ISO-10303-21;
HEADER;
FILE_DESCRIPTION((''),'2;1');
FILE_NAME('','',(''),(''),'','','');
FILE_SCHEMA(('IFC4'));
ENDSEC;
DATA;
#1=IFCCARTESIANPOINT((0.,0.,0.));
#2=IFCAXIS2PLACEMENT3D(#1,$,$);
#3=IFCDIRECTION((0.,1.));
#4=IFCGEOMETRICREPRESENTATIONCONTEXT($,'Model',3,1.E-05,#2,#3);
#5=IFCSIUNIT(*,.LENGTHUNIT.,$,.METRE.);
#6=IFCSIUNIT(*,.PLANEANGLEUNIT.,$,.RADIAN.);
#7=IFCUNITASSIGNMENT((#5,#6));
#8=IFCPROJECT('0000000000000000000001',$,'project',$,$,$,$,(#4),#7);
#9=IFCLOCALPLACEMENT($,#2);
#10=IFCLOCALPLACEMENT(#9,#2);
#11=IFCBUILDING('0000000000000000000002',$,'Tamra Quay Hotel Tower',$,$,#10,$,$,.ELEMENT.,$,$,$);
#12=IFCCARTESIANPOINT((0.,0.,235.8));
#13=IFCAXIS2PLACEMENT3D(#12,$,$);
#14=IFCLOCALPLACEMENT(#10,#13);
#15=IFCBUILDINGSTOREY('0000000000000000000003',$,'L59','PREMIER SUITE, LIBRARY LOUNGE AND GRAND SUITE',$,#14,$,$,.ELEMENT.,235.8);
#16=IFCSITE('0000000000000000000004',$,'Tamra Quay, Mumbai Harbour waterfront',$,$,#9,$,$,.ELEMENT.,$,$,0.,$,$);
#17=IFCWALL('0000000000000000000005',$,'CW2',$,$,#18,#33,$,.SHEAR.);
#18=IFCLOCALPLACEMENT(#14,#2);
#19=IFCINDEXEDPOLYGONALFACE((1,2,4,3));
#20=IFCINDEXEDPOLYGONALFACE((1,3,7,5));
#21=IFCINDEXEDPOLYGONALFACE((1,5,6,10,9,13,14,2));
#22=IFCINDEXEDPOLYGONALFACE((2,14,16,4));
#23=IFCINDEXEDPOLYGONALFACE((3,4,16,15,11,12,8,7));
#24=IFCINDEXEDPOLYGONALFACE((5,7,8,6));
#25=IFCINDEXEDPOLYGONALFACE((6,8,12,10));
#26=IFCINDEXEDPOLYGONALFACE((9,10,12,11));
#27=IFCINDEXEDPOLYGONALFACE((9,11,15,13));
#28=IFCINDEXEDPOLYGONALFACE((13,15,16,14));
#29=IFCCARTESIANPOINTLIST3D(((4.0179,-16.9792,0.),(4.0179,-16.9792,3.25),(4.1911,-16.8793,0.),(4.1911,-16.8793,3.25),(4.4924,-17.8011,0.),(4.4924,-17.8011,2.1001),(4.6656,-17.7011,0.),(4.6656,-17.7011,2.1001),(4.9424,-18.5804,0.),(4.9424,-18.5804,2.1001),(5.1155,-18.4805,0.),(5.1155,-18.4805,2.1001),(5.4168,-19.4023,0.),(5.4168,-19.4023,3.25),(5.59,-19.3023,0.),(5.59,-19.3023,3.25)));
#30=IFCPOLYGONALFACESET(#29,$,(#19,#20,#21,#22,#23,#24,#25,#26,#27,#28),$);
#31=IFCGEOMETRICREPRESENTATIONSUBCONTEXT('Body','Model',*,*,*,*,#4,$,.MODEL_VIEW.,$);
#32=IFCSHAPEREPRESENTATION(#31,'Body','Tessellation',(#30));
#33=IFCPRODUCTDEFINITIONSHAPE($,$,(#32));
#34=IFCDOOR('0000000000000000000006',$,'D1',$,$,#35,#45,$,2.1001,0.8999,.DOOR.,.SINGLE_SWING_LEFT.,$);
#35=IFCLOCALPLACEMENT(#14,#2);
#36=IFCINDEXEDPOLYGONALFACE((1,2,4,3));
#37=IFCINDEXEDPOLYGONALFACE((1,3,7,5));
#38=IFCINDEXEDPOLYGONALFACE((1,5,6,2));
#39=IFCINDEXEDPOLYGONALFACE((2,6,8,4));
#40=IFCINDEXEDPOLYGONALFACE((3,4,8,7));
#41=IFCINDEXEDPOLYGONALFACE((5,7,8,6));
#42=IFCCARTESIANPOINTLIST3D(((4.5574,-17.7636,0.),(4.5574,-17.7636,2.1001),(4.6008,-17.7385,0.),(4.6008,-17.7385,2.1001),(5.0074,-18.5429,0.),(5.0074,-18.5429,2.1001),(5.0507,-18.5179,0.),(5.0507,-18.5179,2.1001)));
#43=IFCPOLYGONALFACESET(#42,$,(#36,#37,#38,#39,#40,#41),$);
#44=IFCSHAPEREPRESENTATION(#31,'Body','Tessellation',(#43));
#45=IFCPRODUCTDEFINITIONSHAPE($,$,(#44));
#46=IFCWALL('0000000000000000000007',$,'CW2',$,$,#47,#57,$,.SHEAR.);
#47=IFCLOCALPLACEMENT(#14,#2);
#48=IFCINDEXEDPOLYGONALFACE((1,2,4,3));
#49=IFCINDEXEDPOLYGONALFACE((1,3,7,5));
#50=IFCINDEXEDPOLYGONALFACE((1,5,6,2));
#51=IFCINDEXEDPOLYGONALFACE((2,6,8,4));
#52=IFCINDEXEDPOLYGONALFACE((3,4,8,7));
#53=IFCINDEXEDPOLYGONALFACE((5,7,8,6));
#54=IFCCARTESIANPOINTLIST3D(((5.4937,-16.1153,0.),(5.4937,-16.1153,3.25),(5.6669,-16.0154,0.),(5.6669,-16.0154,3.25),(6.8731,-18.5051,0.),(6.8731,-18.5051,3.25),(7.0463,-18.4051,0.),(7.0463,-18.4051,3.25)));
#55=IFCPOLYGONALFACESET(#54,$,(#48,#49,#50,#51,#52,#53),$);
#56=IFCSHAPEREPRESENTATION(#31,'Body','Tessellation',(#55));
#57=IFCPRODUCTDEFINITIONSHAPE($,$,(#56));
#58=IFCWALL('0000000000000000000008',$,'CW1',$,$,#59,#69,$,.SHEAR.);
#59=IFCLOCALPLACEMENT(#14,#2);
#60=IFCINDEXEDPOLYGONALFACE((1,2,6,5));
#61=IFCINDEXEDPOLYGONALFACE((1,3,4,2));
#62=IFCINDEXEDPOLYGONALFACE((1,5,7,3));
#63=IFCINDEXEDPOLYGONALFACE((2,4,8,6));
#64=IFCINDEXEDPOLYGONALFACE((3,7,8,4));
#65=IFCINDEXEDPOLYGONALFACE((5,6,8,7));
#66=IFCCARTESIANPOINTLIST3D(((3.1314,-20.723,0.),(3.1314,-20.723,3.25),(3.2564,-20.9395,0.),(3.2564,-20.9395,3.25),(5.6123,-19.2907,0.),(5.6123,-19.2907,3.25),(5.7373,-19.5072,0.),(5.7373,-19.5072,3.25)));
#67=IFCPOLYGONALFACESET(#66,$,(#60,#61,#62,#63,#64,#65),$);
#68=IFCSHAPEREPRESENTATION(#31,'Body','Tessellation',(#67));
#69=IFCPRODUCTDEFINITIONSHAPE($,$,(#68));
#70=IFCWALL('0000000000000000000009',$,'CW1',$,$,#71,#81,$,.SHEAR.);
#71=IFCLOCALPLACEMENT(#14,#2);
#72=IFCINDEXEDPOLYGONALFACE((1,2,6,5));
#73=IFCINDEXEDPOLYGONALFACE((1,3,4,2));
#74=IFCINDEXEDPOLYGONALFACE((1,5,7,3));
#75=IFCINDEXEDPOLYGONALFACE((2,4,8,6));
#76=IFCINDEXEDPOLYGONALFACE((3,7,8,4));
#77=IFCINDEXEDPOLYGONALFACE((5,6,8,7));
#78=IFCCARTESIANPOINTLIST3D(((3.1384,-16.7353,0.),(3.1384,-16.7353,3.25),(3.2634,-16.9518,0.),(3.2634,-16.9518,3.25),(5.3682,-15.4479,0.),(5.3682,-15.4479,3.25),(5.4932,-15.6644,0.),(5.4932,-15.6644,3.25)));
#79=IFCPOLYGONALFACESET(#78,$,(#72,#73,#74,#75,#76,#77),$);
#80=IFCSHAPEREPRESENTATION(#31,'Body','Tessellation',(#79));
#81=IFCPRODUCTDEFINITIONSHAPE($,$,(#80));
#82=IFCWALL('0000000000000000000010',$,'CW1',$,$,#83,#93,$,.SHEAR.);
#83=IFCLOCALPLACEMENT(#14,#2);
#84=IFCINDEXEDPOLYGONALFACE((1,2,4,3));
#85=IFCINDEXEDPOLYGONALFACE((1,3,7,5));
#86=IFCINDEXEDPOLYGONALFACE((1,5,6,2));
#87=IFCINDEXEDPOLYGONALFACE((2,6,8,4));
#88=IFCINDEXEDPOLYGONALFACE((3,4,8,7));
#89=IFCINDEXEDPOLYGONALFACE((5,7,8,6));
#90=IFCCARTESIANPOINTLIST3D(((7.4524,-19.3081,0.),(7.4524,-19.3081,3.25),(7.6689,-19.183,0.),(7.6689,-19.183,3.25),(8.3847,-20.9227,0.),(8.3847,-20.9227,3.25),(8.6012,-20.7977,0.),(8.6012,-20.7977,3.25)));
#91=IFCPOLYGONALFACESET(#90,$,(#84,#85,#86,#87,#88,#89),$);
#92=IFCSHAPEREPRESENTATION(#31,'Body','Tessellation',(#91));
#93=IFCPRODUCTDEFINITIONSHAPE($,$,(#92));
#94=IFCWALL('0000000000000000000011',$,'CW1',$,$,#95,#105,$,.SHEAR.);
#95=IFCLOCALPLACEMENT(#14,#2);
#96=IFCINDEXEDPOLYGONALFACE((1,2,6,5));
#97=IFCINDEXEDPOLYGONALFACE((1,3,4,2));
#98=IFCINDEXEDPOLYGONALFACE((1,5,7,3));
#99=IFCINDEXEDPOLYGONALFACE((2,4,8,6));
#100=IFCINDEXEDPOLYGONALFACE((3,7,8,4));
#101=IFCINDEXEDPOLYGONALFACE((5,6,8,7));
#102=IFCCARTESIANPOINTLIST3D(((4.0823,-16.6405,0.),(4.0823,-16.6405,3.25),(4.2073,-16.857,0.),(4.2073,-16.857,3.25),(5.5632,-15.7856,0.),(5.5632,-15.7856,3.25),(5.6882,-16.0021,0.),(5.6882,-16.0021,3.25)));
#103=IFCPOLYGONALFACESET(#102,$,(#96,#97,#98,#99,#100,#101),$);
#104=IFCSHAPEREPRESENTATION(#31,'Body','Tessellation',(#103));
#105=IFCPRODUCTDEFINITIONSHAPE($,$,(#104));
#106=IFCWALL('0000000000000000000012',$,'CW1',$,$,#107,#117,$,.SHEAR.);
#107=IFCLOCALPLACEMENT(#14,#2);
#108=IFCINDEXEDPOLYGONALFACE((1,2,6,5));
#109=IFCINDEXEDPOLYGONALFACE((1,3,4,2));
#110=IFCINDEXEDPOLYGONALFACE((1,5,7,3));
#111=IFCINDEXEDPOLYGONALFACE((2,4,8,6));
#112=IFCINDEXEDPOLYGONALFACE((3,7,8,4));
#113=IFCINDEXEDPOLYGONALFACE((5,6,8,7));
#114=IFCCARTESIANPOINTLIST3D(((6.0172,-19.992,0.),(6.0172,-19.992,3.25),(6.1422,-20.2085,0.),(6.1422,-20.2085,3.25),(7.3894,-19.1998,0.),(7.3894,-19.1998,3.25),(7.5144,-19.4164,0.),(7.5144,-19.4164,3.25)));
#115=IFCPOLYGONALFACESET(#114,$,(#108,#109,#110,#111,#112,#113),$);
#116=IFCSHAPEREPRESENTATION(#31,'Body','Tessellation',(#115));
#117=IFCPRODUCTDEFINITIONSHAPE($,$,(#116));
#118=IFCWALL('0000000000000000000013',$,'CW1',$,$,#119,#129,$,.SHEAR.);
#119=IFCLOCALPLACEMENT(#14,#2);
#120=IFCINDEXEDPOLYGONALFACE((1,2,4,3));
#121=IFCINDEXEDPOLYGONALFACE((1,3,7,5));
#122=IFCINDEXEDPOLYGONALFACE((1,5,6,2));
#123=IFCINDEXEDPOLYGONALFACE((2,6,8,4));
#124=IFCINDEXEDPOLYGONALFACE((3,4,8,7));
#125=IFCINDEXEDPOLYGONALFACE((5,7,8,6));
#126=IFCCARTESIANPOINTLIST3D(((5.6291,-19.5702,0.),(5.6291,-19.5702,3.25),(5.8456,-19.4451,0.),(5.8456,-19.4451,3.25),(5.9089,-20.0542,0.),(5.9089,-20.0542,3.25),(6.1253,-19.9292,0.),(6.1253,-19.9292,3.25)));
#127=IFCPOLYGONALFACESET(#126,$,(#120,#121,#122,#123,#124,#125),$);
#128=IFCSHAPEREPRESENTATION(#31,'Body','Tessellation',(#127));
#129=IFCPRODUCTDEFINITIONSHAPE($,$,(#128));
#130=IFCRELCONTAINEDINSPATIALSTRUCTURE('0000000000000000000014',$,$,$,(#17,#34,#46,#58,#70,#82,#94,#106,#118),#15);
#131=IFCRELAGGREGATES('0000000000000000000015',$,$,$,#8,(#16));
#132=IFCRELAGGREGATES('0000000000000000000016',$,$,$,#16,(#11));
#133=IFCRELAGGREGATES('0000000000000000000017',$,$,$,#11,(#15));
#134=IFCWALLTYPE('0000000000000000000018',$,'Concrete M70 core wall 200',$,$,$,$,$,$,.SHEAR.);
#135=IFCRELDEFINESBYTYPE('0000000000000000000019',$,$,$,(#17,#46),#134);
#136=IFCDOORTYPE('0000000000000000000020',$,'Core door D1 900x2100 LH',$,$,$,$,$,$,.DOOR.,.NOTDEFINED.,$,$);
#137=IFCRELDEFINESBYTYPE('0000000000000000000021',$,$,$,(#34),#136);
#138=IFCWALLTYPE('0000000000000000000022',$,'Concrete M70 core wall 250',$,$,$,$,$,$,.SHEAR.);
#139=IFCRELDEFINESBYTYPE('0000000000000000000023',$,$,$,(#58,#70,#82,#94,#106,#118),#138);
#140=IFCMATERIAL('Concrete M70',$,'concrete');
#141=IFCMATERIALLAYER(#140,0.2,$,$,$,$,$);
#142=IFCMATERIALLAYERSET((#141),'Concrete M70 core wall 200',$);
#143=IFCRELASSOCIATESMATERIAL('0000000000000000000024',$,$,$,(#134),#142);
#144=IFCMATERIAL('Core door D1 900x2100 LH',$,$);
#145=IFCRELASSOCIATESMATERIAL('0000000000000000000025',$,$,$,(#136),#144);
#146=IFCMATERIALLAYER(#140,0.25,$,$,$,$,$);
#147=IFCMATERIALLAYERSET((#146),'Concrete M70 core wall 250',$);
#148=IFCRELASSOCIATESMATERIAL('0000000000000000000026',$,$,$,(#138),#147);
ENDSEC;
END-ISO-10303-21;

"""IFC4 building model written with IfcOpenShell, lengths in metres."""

from ifc_helpers import new_model, si_unit, direction, frame, frame_2d, origin, place, context, subcontext, project, spatial, rectangle, extrude, material, layer, layer_set, type_object, element, fill, save


model = new_model("IFC4")

# Units and contexts
model_context = context("Model", 3, precision=1e-05, world=origin(), true_north=direction((0.0, 1.0)))
body_context = subcontext(model_context, "Body", "Model", "MODEL_VIEW")
ifc_project = project(units=[si_unit("LENGTHUNIT", "METRE"), si_unit("PLANEANGLEUNIT", "RADIAN")], contexts=[model_context])

# Site, building, storey
site_placement = place(None, origin())
site = spatial("IfcSite", under=ifc_project, at=site_placement, Name="Tamra Quay, Mumbai Harbour waterfront", CompositionType="ELEMENT", RefElevation=0.0)
building_placement = place(site_placement, origin())
building = spatial("IfcBuilding", under=site, at=building_placement, Name="Tamra Quay Hotel Tower", CompositionType="ELEMENT")
storey_placement = place(building_placement, frame((0.0, 0.0, 235.8)))
storey = spatial("IfcBuildingStorey", under=building, at=storey_placement, Name="L59", Description="PREMIER SUITE, LIBRARY LOUNGE AND GRAND SUITE", CompositionType="ELEMENT", Elevation=235.8)

# Shared definitions
ifc_material_1 = material(Name="Concrete M70", Category="concrete")

# Shared definitions
ifc_layer_1 = layer(ifc_material_1, 0.2)
ifc_layer_set_1 = layer_set([ifc_layer_1], Name="Concrete M70 core wall 200")
wall_type_1 = type_object("IfcWallType", Name="Concrete M70 core wall 200", PredefinedType="SHEAR", material=ifc_layer_set_1)

# Wall, opening, door
wall_1_placement = place(storey_placement, frame((5.5034, -19.3523, 0.0), z_axis=(0.0, 0.0, 1.0), x_axis=(-0.499987, 0.866033, 0.0)))
wall_1 = element("IfcWall", 1, at=wall_1_placement, inside=storey, type_object=wall_type_1, Name="CW2", PredefinedType="SHEAR", context=body_context, shape_type="SweptSolid", body=[
    extrude(rectangle(XDim=2.7979, YDim=0.2, at=frame_2d((1.3989, 0.0))), origin(), (0.0, 0.0, 1.0), 3.25),
])
opening_1_placement = place(wall_1_placement, frame((0.949, 0.0, 0.0)))
opening_1 = element("IfcOpeningElement", 2, at=opening_1_placement, cuts=wall_1, PredefinedType="OPENING", context=body_context, shape_type="SweptSolid", body=[
    extrude(rectangle(XDim=0.8999, YDim=2.1001, at=frame_2d((0.45, 1.05))), frame((0.0, 0.1099, 0.0), z_axis=(0.0, -1.0, 0.0), x_axis=(1.0, 0.0, 0.0)), (0.0, 0.0, 1.0), 0.22),
])
ifc_material_2 = material(Name="Core door D1 900x2100 LH")
door_type_1 = type_object("IfcDoorType", Name="Core door D1 900x2100 LH", OperationType="NOTDEFINED", PredefinedType="DOOR", material=ifc_material_2)
door_1_placement = place(opening_1_placement, origin())
door_1 = element("IfcDoor", 3, at=door_1_placement, inside=storey, type_object=door_type_1, Name="D1", OperationType="SINGLE_SWING_LEFT", OverallHeight=2.1001, OverallWidth=0.8999, PredefinedType="DOOR", context=body_context, shape_type="SweptSolid", body=[
    extrude(rectangle(XDim=0.8999, YDim=2.1001, at=frame_2d((0.45, 1.05))), frame((0.0, 0.0249, 0.0), z_axis=(0.0, -1.0, 0.0), x_axis=(1.0, 0.0, 0.0)), (0.0, 0.0, 1.0), 0.05),
])
fill(opening_1, door_1)

# Walls
wall_2_placement = place(storey_placement, frame((6.9597, -18.4551, 0.0), z_axis=(0.0, 0.0, 1.0), x_axis=(-0.499927, 0.866068, 0.0)))
element("IfcWall", 4, at=wall_2_placement, inside=storey, type_object=wall_type_1, Name="CW2", PredefinedType="SHEAR", context=body_context, shape_type="SweptSolid", body=[
    extrude(rectangle(XDim=2.7593, YDim=0.2, at=frame_2d((1.3796, 0.0))), origin(), (0.0, 0.0, 1.0), 3.25),
])
ifc_layer_2 = layer(ifc_material_1, 0.25)
ifc_layer_set_2 = layer_set([ifc_layer_2], Name="Concrete M70 core wall 250")
wall_type_2 = type_object("IfcWallType", Name="Concrete M70 core wall 250", PredefinedType="SHEAR", material=ifc_layer_set_2)
wall_3_placement = place(storey_placement, frame((5.6748, -19.3989, 0.0), z_axis=(0.0, 0.0, 1.0), x_axis=(-0.866027, -0.499998, 0.0)))
element("IfcWall", 5, at=wall_3_placement, inside=storey, type_object=wall_type_2, Name="CW1", PredefinedType="SHEAR", context=body_context, shape_type="SweptSolid", body=[
    extrude(rectangle(XDim=2.8647, YDim=0.25, at=frame_2d((1.4324, 0.0))), origin(), (0.0, 0.0, 1.0), 3.25),
])
wall_4_placement = place(storey_placement, frame((5.4307, -15.5562, 0.0), z_axis=(0.0, 0.0, 1.0), x_axis=(-0.866023, -0.500004, 0.0)))
element("IfcWall", 6, at=wall_4_placement, inside=storey, type_object=wall_type_2, Name="CW1", PredefinedType="SHEAR", context=body_context, shape_type="SweptSolid", body=[
    extrude(rectangle(XDim=2.5747, YDim=0.25, at=frame_2d((1.2874, 0.0))), origin(), (0.0, 0.0, 1.0), 3.25),
])
wall_5_placement = place(storey_placement, frame((8.4929, -20.8601, 0.0), z_axis=(0.0, 0.0, 1.0), x_axis=(-0.50004, 0.866002, 0.0)))
element("IfcWall", 7, at=wall_5_placement, inside=storey, type_object=wall_type_2, Name="CW1", PredefinedType="SHEAR", context=body_context, shape_type="SweptSolid", body=[
    extrude(rectangle(XDim=1.8645, YDim=0.25, at=frame_2d((0.9321, 0.0))), origin(), (0.0, 0.0, 1.0), 3.25),
])
wall_6_placement = place(storey_placement, frame((4.1448, -16.7488, 0.0), z_axis=(0.0, 0.0, 1.0), x_axis=(0.866038, 0.499978, 0.0)))
element("IfcWall", 8, at=wall_6_placement, inside=storey, type_object=wall_type_2, Name="CW1", PredefinedType="SHEAR", context=body_context, shape_type="SweptSolid", body=[
    extrude(rectangle(XDim=1.71, YDim=0.25, at=frame_2d((0.855, 0.0))), origin(), (0.0, 0.0, 1.0), 3.25),
])
wall_7_placement = place(storey_placement, frame((7.4519, -19.3081, 0.0), z_axis=(0.0, 0.0, 1.0), x_axis=(-0.866044, -0.499967, 0.0)))
element("IfcWall", 9, at=wall_7_placement, inside=storey, type_object=wall_type_2, Name="CW1", PredefinedType="SHEAR", context=body_context, shape_type="SweptSolid", body=[
    extrude(rectangle(XDim=1.5845, YDim=0.25, at=frame_2d((0.7922, 0.0))), origin(), (0.0, 0.0, 1.0), 3.25),
])
wall_8_placement = place(storey_placement, frame((6.0171, -19.9917, 0.0), z_axis=(0.0, 0.0, 1.0), x_axis=(-0.500365, 0.865815, 0.0)))
element("IfcWall", 10, at=wall_8_placement, inside=storey, type_object=wall_type_2, Name="CW1", PredefinedType="SHEAR", context=body_context, shape_type="SweptSolid", body=[
    extrude(rectangle(XDim=0.5591, YDim=0.25, at=frame_2d((0.2795, 0.0))), origin(), (0.0, 0.0, 1.0), 3.25),
])

save(model, "model.ifc")
